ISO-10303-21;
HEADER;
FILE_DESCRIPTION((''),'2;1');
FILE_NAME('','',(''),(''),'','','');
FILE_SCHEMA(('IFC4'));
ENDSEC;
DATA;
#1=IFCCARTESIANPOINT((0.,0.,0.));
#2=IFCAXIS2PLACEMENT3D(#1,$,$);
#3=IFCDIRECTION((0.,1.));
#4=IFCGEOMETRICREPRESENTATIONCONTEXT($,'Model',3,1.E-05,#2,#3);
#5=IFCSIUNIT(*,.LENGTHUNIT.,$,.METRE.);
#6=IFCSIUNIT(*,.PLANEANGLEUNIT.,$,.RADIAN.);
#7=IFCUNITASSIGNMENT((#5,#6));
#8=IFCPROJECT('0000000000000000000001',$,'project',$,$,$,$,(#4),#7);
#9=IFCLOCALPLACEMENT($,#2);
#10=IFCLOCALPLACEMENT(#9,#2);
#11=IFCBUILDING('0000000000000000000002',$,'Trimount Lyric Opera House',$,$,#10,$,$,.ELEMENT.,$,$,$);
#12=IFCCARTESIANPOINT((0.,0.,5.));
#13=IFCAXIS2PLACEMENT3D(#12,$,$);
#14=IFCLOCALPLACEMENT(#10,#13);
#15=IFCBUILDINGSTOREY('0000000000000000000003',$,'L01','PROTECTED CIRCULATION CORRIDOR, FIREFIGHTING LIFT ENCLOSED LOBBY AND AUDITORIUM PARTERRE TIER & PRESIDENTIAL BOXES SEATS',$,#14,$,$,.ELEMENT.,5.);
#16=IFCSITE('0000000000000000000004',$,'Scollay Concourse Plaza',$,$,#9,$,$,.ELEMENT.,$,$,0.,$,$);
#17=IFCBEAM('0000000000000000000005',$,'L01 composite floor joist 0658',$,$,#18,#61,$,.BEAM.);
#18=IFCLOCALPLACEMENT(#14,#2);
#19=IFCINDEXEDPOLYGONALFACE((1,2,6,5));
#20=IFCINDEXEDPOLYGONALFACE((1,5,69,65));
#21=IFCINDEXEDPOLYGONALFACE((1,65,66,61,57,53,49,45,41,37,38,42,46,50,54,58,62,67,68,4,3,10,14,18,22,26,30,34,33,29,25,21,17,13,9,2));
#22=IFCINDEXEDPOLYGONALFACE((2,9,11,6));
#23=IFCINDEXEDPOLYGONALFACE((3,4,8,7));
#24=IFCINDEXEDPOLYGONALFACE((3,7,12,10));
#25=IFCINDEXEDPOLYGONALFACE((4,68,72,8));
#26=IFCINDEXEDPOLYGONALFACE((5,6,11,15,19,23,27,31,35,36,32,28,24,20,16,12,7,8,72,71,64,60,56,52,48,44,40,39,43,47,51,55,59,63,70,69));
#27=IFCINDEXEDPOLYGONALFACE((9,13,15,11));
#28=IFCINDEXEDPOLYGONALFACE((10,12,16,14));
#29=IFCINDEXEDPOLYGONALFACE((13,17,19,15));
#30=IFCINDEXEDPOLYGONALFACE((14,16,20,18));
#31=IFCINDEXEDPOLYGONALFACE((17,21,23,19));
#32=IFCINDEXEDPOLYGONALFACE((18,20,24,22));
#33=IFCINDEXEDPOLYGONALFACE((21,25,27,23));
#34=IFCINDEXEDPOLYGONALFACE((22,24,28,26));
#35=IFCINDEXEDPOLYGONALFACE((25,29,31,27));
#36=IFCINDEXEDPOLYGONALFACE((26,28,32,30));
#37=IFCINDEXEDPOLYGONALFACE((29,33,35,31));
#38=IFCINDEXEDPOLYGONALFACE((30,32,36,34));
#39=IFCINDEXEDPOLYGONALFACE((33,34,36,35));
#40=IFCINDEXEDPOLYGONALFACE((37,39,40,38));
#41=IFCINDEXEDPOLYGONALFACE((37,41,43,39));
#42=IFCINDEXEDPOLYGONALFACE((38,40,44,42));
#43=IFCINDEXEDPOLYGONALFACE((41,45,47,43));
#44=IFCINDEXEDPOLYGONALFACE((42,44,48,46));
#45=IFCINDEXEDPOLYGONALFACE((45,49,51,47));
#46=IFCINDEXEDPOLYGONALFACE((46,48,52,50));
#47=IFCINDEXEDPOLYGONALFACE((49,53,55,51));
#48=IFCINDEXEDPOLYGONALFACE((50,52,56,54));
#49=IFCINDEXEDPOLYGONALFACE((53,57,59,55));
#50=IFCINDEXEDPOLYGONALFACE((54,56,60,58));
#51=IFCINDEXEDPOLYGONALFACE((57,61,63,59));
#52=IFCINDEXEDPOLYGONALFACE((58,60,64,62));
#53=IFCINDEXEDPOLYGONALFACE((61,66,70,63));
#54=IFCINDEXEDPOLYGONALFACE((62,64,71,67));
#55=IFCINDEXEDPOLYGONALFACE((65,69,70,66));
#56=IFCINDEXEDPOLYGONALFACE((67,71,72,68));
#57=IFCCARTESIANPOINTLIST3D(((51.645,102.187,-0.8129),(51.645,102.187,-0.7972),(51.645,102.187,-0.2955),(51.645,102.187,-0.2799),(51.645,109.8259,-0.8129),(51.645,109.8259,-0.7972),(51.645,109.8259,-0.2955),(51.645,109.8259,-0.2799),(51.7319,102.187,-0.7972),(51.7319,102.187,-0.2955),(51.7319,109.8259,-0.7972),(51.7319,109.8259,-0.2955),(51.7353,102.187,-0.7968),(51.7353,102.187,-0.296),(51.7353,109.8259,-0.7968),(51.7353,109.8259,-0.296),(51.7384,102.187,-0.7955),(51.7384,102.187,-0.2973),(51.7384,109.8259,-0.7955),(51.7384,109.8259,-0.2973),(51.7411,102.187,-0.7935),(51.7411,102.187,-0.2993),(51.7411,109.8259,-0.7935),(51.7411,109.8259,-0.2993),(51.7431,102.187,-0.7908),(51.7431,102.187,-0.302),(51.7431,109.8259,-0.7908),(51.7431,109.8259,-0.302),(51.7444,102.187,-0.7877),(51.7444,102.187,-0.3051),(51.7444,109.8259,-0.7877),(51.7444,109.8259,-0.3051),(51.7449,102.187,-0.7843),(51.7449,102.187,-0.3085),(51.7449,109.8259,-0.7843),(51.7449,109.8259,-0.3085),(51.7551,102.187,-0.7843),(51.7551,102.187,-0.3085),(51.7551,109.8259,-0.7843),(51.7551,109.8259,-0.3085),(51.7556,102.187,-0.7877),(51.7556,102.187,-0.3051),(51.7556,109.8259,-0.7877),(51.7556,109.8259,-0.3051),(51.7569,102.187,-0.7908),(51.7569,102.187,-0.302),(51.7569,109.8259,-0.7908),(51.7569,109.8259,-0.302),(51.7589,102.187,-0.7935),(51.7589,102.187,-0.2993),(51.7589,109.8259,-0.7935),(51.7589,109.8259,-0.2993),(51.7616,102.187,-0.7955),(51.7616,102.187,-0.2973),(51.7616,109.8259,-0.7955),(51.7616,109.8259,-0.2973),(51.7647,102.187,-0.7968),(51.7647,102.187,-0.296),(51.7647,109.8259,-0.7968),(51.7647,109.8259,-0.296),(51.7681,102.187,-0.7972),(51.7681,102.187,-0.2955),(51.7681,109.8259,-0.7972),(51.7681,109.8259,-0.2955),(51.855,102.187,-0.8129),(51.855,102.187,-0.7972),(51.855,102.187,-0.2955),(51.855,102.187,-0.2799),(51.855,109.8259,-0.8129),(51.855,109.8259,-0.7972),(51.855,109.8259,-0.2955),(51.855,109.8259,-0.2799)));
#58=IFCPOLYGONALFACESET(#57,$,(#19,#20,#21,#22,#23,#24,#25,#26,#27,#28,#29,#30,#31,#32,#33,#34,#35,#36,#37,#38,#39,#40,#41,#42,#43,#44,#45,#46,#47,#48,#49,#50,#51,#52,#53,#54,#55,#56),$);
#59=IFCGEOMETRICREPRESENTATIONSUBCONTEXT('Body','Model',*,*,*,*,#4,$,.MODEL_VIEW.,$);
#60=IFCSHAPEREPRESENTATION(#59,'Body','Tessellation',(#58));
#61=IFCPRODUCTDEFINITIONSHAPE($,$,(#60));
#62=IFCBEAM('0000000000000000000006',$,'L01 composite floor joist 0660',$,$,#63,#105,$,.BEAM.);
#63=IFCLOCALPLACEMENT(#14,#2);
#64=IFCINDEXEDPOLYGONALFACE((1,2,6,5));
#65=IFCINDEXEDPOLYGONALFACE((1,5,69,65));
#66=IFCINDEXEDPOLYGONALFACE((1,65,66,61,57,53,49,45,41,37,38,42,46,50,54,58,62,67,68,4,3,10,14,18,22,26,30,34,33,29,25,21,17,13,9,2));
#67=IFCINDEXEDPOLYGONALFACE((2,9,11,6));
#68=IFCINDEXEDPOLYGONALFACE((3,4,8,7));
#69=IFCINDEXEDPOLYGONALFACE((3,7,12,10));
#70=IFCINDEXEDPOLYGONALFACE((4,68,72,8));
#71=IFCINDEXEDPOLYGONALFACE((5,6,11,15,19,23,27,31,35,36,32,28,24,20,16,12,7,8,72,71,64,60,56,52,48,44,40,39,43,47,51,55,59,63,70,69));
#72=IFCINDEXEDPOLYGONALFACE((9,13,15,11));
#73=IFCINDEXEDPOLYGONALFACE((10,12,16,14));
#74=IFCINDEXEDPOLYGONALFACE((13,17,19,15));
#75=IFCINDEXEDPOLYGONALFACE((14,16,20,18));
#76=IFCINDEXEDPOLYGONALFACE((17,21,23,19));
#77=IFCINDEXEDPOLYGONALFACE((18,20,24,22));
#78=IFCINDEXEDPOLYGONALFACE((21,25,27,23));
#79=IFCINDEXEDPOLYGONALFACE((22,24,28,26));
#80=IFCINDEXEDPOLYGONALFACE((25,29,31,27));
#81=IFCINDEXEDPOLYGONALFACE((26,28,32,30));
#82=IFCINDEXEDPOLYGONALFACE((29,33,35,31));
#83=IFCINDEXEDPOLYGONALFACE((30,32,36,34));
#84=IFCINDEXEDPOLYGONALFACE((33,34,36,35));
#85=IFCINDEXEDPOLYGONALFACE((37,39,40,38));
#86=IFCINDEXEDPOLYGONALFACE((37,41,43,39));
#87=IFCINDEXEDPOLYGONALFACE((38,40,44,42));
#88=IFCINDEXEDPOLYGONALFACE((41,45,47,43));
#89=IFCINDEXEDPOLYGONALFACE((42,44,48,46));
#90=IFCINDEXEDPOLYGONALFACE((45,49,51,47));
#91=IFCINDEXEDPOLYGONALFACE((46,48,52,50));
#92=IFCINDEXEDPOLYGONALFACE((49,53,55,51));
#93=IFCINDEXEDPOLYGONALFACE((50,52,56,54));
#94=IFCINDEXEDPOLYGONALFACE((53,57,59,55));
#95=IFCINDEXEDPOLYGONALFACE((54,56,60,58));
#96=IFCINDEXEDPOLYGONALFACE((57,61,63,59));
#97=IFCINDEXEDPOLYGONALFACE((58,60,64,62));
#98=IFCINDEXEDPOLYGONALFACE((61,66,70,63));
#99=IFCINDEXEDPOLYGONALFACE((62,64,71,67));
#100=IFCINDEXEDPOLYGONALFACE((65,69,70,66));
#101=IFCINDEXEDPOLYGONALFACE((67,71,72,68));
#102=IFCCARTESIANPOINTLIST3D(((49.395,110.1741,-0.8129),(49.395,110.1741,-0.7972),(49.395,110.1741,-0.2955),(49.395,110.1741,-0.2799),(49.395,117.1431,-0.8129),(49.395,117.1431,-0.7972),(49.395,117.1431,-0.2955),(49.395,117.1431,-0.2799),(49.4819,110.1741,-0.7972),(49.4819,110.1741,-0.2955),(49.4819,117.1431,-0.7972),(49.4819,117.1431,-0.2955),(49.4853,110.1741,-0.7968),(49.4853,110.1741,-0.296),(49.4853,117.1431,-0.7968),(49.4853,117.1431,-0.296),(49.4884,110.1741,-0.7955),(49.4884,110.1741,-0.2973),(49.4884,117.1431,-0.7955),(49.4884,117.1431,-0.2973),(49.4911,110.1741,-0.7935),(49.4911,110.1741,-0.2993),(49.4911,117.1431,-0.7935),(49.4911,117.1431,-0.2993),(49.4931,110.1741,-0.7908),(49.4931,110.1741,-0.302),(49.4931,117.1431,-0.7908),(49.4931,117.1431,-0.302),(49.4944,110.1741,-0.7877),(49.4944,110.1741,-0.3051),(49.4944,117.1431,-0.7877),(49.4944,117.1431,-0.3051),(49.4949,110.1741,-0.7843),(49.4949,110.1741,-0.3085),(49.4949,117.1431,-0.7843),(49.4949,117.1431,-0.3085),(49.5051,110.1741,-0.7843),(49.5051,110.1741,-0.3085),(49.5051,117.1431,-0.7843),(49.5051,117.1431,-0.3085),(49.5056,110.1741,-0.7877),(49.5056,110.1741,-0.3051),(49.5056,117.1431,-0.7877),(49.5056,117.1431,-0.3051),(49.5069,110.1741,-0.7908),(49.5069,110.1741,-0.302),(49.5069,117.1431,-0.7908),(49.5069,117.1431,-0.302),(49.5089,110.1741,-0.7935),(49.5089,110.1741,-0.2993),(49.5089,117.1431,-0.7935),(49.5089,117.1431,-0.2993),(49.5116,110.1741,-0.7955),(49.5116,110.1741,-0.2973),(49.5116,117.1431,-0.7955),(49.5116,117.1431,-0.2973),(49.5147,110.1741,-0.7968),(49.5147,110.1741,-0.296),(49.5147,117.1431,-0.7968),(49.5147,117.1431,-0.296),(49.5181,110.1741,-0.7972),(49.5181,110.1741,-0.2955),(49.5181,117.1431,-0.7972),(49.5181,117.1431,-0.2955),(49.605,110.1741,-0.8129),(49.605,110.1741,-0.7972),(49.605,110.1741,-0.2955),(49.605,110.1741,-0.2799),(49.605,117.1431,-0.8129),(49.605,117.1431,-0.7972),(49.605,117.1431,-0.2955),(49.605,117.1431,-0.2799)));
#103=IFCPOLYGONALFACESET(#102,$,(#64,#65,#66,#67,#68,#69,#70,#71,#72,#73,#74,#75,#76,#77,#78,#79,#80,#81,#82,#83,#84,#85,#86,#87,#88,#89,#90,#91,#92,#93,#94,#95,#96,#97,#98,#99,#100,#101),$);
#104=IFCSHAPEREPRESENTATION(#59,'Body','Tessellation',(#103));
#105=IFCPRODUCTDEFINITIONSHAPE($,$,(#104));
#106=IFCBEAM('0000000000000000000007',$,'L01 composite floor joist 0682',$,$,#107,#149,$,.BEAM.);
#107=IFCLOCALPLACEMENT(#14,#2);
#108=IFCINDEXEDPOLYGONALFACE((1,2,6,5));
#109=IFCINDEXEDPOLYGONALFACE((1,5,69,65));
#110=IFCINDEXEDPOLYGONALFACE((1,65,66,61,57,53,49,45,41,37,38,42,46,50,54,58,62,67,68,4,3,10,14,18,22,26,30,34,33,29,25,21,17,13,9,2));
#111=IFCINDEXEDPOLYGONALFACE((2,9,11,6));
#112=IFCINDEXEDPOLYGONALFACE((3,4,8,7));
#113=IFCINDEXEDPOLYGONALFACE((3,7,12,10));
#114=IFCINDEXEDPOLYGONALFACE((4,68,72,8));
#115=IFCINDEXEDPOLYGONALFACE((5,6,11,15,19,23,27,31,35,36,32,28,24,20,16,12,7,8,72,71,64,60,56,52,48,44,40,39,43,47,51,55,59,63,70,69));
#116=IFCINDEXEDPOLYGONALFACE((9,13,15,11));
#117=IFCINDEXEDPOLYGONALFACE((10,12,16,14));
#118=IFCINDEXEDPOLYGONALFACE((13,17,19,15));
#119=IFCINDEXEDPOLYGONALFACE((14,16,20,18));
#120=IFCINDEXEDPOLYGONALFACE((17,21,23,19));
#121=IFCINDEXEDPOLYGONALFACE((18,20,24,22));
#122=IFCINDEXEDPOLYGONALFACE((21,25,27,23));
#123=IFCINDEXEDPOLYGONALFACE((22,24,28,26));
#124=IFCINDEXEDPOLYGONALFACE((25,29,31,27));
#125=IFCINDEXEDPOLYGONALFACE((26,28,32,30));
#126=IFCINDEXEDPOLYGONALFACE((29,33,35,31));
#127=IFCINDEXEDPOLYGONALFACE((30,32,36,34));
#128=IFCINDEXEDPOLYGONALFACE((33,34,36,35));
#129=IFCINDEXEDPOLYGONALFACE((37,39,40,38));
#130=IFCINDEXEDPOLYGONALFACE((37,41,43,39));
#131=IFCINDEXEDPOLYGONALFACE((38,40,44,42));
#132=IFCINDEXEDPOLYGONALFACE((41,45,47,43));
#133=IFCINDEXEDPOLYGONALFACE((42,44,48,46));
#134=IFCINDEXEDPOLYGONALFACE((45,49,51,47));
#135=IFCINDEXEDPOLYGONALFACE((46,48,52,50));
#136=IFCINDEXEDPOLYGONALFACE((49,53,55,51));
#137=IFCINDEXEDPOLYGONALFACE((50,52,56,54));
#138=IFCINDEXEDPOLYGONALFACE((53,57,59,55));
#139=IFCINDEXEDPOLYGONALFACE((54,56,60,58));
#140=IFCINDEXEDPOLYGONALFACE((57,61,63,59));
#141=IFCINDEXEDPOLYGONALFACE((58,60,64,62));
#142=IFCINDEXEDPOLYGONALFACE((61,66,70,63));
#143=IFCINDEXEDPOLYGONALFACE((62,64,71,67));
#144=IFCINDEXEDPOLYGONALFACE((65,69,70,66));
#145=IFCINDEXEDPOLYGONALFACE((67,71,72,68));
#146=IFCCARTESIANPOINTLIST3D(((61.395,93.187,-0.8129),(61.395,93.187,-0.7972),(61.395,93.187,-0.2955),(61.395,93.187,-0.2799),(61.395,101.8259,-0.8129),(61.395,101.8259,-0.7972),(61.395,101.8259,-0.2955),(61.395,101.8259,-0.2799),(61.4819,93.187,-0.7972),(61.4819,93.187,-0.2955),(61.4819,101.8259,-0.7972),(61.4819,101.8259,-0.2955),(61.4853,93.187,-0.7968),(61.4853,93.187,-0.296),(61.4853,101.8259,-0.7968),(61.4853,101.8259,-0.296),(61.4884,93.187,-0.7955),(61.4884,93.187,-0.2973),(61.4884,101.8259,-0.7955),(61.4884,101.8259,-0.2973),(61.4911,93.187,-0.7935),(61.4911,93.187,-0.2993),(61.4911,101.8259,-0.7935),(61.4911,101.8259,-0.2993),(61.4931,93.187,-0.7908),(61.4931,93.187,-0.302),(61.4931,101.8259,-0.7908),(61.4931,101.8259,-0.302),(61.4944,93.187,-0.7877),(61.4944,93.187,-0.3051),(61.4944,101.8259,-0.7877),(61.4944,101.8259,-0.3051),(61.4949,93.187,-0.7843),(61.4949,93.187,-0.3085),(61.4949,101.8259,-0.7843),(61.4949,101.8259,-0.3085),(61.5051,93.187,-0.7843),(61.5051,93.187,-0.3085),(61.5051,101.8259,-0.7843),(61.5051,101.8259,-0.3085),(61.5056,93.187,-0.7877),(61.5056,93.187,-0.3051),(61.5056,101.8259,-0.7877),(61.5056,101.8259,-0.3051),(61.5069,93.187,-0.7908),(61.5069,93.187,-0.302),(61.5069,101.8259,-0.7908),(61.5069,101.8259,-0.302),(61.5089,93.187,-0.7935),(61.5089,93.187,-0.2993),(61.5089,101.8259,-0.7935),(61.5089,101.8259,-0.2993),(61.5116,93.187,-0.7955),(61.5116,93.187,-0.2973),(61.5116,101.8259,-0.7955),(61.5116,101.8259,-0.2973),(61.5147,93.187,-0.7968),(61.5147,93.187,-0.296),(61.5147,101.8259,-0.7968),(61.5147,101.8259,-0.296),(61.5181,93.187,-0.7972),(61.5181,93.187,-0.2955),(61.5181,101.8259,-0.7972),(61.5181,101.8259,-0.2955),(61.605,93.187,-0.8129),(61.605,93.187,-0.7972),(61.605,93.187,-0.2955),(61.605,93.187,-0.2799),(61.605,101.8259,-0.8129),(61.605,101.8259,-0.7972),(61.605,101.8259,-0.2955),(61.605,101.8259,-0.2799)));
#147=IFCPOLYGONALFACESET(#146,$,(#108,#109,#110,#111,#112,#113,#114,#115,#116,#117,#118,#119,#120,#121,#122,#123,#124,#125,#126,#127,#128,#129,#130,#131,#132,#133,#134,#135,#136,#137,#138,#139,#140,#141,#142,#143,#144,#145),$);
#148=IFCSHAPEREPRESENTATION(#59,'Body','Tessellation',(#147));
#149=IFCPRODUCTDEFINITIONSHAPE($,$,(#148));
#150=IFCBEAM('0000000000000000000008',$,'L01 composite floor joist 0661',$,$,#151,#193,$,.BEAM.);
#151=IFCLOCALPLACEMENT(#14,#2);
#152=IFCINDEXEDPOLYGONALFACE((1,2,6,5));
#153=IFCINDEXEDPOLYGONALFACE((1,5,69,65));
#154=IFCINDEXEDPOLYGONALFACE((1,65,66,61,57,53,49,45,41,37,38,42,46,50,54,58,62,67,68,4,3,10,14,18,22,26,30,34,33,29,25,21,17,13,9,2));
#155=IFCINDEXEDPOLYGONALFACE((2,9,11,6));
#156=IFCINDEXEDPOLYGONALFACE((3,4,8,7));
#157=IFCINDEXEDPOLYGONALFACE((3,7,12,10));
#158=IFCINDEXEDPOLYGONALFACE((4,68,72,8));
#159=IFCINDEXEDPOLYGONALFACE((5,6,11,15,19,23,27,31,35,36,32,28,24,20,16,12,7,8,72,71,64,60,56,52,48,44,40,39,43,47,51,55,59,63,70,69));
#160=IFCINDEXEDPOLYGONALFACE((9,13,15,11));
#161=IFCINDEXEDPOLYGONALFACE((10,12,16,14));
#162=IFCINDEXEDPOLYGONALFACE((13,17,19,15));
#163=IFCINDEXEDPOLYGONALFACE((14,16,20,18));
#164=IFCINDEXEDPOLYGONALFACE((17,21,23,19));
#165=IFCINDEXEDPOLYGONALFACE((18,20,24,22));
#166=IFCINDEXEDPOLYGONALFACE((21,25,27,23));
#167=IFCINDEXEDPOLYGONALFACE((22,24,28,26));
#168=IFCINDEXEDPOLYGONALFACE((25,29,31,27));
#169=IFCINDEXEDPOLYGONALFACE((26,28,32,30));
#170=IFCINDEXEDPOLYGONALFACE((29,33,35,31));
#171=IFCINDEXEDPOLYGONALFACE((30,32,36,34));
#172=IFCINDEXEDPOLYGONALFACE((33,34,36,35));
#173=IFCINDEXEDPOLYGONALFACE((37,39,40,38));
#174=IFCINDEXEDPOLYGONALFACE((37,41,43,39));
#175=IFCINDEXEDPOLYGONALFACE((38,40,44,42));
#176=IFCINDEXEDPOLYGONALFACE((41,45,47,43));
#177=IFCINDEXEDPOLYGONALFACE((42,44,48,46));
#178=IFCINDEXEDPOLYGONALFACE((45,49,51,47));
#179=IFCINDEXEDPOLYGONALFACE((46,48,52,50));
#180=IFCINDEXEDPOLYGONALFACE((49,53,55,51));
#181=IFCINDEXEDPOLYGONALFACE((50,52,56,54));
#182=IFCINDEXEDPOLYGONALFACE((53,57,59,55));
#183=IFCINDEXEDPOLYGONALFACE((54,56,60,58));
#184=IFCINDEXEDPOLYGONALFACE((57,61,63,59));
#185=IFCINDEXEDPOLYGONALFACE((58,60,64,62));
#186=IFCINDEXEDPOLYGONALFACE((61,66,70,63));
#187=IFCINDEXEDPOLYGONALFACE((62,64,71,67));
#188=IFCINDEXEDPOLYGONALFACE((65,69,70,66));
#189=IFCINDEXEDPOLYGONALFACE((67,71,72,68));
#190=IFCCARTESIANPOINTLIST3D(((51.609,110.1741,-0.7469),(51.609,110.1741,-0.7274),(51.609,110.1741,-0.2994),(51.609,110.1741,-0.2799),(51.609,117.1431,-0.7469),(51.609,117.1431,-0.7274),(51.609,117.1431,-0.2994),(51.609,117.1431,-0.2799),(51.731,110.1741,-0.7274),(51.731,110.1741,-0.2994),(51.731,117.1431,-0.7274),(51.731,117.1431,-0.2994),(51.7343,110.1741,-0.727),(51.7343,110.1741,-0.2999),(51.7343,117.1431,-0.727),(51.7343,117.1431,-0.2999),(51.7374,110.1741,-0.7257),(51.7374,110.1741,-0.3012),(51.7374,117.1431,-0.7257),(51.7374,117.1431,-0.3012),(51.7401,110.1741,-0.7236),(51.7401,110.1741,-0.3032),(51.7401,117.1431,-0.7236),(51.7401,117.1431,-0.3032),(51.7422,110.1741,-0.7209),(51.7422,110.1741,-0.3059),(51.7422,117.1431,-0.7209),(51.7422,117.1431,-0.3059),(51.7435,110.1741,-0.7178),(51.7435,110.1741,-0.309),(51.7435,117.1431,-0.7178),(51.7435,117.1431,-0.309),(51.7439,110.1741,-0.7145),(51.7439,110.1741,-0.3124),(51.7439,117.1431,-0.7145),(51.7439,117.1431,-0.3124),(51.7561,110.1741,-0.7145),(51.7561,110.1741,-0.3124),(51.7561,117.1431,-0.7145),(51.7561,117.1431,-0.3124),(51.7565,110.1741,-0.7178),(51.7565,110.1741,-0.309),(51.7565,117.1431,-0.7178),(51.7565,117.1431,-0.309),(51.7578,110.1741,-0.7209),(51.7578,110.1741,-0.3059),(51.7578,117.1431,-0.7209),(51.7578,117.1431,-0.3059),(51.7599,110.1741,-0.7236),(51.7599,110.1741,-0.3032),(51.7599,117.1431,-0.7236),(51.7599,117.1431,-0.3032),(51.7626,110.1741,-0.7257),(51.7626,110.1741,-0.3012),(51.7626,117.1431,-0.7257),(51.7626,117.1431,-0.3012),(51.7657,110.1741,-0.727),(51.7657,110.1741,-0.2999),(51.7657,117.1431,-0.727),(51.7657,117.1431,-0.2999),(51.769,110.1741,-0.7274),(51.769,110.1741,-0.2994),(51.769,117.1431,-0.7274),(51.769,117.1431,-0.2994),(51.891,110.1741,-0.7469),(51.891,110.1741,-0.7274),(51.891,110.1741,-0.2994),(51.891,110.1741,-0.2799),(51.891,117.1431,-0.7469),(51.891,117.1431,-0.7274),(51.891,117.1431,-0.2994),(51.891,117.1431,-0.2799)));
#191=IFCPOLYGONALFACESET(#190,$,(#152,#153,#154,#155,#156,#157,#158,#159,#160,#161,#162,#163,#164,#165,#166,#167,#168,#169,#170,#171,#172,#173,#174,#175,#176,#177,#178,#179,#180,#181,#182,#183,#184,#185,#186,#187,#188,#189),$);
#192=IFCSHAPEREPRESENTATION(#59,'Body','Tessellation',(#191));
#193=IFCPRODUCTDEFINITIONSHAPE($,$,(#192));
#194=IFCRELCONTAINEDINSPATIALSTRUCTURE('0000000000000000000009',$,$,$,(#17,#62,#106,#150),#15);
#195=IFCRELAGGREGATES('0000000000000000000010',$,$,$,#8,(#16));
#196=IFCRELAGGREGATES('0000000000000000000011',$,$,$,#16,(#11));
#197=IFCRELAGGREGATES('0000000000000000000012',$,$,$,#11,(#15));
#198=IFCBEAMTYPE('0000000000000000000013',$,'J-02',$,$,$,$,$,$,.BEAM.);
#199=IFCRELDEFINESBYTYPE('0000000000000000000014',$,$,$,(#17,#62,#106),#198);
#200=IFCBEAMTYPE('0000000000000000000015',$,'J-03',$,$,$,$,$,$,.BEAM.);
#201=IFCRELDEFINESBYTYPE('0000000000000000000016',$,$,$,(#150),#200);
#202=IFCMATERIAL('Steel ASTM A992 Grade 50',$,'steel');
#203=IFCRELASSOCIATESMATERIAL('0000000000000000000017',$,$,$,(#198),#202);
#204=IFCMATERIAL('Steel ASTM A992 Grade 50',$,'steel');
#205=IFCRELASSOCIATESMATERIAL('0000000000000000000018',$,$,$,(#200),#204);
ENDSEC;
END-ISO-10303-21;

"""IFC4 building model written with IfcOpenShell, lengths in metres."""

from ifc_helpers import new_model, si_unit, direction, frame, origin, origin_2d, place, context, subcontext, project, spatial, i_section, extrude, material, material_profile, profile_set, type_object, element, save


model = new_model("IFC4")

# Units and contexts
model_context = context("Model", 3, precision=1e-05, world=origin(), true_north=direction((0.0, 1.0)))
body_context = subcontext(model_context, "Body", "Model", "MODEL_VIEW")
ifc_project = project(units=[si_unit("LENGTHUNIT", "METRE"), si_unit("PLANEANGLEUNIT", "RADIAN")], contexts=[model_context])

# Site, building, storey
site_placement = place(None, origin())
site = spatial("IfcSite", under=ifc_project, at=site_placement, Name="Scollay Concourse Plaza", CompositionType="ELEMENT", RefElevation=0.0)
building_placement = place(site_placement, origin())
building = spatial("IfcBuilding", under=site, at=building_placement, Name="Trimount Lyric Opera House", CompositionType="ELEMENT")
storey_placement = place(building_placement, frame((0.0, 0.0, 5.0)))
storey = spatial("IfcBuildingStorey", under=building, at=storey_placement, Name="L01", Description="PROTECTED CIRCULATION CORRIDOR, FIREFIGHTING LIFT ENCLOSED LOBBY AND AUDITORIUM PARTERRE TIER & PRESIDENTIAL BOXES SEATS", CompositionType="ELEMENT", Elevation=5.0)

# Beams
ifc_material_1 = material(Name="Steel ASTM A992 Grade 50", Category="steel")
ifc_material_profile_1 = material_profile(ifc_material_1, i_section(OverallWidth=0.21, OverallDepth=0.533, WebThickness=0.0103, FlangeThickness=0.0156, FilletRadius=0.0129, at=origin_2d()), Name="W21X62")
ifc_profile_set_1 = profile_set([ifc_material_profile_1], Name="Steel ASTM A992 Grade 50")
beam_type_1 = type_object("IfcBeamType", Name="J-02", PredefinedType="BEAM", material=ifc_profile_set_1)
beam_1_placement = place(storey_placement, frame((51.75, 102.187, -0.5464), z_axis=(0.0, 1.0, 0.0), x_axis=(-1.0, 0.0, 0.0)))
element("IfcBeam", 1, at=beam_1_placement, inside=storey, type_object=beam_type_1, Name="L01 composite floor joist 0658", PredefinedType="BEAM", context=body_context, shape_type="SweptSolid", body=[
    extrude(i_section(OverallWidth=0.21, OverallDepth=0.533, WebThickness=0.0103, FlangeThickness=0.0156, FilletRadius=0.0129, at=origin_2d()), origin(), (0.0, 0.0, 1.0), 7.6389),
])
beam_2_placement = place(storey_placement, frame((49.5, 110.1741, -0.5464), z_axis=(0.0, 1.0, 0.0), x_axis=(-1.0, 0.0, 0.0)))
element("IfcBeam", 2, at=beam_2_placement, inside=storey, type_object=beam_type_1, Name="L01 composite floor joist 0660", PredefinedType="BEAM", context=body_context, shape_type="SweptSolid", body=[
    extrude(i_section(OverallWidth=0.21, OverallDepth=0.533, WebThickness=0.0103, FlangeThickness=0.0156, FilletRadius=0.0129, at=origin_2d()), origin(), (0.0, 0.0, 1.0), 6.969),
])
beam_3_placement = place(storey_placement, frame((61.5, 93.187, -0.5464), z_axis=(0.0, 1.0, 0.0), x_axis=(-1.0, 0.0, 0.0)))
element("IfcBeam", 3, at=beam_3_placement, inside=storey, type_object=beam_type_1, Name="L01 composite floor joist 0682", PredefinedType="BEAM", context=body_context, shape_type="SweptSolid", body=[
    extrude(i_section(OverallWidth=0.21, OverallDepth=0.533, WebThickness=0.0103, FlangeThickness=0.0156, FilletRadius=0.0129, at=origin_2d()), origin(), (0.0, 0.0, 1.0), 8.6389),
])
ifc_material_2 = material(Name="Steel ASTM A992 Grade 50", Category="steel")
ifc_material_profile_2 = material_profile(ifc_material_2, i_section(OverallWidth=0.282, OverallDepth=0.467, WebThickness=0.0122, FlangeThickness=0.0195, FilletRadius=0.0129, at=origin_2d()), Name="W18X86")
ifc_profile_set_2 = profile_set([ifc_material_profile_2], Name="Steel ASTM A992 Grade 50")
beam_type_2 = type_object("IfcBeamType", Name="J-03", PredefinedType="BEAM", material=ifc_profile_set_2)
beam_4_placement = place(storey_placement, frame((51.75, 110.1741, -0.5134), z_axis=(0.0, 1.0, 0.0), x_axis=(-1.0, 0.0, 0.0)))
element("IfcBeam", 4, at=beam_4_placement, inside=storey, type_object=beam_type_2, Name="L01 composite floor joist 0661", PredefinedType="BEAM", context=body_context, shape_type="SweptSolid", body=[
    extrude(i_section(OverallWidth=0.282, OverallDepth=0.467, WebThickness=0.0122, FlangeThickness=0.0195, FilletRadius=0.0129, at=origin_2d()), origin(), (0.0, 0.0, 1.0), 6.969),
])

save(model, "model.ifc")
